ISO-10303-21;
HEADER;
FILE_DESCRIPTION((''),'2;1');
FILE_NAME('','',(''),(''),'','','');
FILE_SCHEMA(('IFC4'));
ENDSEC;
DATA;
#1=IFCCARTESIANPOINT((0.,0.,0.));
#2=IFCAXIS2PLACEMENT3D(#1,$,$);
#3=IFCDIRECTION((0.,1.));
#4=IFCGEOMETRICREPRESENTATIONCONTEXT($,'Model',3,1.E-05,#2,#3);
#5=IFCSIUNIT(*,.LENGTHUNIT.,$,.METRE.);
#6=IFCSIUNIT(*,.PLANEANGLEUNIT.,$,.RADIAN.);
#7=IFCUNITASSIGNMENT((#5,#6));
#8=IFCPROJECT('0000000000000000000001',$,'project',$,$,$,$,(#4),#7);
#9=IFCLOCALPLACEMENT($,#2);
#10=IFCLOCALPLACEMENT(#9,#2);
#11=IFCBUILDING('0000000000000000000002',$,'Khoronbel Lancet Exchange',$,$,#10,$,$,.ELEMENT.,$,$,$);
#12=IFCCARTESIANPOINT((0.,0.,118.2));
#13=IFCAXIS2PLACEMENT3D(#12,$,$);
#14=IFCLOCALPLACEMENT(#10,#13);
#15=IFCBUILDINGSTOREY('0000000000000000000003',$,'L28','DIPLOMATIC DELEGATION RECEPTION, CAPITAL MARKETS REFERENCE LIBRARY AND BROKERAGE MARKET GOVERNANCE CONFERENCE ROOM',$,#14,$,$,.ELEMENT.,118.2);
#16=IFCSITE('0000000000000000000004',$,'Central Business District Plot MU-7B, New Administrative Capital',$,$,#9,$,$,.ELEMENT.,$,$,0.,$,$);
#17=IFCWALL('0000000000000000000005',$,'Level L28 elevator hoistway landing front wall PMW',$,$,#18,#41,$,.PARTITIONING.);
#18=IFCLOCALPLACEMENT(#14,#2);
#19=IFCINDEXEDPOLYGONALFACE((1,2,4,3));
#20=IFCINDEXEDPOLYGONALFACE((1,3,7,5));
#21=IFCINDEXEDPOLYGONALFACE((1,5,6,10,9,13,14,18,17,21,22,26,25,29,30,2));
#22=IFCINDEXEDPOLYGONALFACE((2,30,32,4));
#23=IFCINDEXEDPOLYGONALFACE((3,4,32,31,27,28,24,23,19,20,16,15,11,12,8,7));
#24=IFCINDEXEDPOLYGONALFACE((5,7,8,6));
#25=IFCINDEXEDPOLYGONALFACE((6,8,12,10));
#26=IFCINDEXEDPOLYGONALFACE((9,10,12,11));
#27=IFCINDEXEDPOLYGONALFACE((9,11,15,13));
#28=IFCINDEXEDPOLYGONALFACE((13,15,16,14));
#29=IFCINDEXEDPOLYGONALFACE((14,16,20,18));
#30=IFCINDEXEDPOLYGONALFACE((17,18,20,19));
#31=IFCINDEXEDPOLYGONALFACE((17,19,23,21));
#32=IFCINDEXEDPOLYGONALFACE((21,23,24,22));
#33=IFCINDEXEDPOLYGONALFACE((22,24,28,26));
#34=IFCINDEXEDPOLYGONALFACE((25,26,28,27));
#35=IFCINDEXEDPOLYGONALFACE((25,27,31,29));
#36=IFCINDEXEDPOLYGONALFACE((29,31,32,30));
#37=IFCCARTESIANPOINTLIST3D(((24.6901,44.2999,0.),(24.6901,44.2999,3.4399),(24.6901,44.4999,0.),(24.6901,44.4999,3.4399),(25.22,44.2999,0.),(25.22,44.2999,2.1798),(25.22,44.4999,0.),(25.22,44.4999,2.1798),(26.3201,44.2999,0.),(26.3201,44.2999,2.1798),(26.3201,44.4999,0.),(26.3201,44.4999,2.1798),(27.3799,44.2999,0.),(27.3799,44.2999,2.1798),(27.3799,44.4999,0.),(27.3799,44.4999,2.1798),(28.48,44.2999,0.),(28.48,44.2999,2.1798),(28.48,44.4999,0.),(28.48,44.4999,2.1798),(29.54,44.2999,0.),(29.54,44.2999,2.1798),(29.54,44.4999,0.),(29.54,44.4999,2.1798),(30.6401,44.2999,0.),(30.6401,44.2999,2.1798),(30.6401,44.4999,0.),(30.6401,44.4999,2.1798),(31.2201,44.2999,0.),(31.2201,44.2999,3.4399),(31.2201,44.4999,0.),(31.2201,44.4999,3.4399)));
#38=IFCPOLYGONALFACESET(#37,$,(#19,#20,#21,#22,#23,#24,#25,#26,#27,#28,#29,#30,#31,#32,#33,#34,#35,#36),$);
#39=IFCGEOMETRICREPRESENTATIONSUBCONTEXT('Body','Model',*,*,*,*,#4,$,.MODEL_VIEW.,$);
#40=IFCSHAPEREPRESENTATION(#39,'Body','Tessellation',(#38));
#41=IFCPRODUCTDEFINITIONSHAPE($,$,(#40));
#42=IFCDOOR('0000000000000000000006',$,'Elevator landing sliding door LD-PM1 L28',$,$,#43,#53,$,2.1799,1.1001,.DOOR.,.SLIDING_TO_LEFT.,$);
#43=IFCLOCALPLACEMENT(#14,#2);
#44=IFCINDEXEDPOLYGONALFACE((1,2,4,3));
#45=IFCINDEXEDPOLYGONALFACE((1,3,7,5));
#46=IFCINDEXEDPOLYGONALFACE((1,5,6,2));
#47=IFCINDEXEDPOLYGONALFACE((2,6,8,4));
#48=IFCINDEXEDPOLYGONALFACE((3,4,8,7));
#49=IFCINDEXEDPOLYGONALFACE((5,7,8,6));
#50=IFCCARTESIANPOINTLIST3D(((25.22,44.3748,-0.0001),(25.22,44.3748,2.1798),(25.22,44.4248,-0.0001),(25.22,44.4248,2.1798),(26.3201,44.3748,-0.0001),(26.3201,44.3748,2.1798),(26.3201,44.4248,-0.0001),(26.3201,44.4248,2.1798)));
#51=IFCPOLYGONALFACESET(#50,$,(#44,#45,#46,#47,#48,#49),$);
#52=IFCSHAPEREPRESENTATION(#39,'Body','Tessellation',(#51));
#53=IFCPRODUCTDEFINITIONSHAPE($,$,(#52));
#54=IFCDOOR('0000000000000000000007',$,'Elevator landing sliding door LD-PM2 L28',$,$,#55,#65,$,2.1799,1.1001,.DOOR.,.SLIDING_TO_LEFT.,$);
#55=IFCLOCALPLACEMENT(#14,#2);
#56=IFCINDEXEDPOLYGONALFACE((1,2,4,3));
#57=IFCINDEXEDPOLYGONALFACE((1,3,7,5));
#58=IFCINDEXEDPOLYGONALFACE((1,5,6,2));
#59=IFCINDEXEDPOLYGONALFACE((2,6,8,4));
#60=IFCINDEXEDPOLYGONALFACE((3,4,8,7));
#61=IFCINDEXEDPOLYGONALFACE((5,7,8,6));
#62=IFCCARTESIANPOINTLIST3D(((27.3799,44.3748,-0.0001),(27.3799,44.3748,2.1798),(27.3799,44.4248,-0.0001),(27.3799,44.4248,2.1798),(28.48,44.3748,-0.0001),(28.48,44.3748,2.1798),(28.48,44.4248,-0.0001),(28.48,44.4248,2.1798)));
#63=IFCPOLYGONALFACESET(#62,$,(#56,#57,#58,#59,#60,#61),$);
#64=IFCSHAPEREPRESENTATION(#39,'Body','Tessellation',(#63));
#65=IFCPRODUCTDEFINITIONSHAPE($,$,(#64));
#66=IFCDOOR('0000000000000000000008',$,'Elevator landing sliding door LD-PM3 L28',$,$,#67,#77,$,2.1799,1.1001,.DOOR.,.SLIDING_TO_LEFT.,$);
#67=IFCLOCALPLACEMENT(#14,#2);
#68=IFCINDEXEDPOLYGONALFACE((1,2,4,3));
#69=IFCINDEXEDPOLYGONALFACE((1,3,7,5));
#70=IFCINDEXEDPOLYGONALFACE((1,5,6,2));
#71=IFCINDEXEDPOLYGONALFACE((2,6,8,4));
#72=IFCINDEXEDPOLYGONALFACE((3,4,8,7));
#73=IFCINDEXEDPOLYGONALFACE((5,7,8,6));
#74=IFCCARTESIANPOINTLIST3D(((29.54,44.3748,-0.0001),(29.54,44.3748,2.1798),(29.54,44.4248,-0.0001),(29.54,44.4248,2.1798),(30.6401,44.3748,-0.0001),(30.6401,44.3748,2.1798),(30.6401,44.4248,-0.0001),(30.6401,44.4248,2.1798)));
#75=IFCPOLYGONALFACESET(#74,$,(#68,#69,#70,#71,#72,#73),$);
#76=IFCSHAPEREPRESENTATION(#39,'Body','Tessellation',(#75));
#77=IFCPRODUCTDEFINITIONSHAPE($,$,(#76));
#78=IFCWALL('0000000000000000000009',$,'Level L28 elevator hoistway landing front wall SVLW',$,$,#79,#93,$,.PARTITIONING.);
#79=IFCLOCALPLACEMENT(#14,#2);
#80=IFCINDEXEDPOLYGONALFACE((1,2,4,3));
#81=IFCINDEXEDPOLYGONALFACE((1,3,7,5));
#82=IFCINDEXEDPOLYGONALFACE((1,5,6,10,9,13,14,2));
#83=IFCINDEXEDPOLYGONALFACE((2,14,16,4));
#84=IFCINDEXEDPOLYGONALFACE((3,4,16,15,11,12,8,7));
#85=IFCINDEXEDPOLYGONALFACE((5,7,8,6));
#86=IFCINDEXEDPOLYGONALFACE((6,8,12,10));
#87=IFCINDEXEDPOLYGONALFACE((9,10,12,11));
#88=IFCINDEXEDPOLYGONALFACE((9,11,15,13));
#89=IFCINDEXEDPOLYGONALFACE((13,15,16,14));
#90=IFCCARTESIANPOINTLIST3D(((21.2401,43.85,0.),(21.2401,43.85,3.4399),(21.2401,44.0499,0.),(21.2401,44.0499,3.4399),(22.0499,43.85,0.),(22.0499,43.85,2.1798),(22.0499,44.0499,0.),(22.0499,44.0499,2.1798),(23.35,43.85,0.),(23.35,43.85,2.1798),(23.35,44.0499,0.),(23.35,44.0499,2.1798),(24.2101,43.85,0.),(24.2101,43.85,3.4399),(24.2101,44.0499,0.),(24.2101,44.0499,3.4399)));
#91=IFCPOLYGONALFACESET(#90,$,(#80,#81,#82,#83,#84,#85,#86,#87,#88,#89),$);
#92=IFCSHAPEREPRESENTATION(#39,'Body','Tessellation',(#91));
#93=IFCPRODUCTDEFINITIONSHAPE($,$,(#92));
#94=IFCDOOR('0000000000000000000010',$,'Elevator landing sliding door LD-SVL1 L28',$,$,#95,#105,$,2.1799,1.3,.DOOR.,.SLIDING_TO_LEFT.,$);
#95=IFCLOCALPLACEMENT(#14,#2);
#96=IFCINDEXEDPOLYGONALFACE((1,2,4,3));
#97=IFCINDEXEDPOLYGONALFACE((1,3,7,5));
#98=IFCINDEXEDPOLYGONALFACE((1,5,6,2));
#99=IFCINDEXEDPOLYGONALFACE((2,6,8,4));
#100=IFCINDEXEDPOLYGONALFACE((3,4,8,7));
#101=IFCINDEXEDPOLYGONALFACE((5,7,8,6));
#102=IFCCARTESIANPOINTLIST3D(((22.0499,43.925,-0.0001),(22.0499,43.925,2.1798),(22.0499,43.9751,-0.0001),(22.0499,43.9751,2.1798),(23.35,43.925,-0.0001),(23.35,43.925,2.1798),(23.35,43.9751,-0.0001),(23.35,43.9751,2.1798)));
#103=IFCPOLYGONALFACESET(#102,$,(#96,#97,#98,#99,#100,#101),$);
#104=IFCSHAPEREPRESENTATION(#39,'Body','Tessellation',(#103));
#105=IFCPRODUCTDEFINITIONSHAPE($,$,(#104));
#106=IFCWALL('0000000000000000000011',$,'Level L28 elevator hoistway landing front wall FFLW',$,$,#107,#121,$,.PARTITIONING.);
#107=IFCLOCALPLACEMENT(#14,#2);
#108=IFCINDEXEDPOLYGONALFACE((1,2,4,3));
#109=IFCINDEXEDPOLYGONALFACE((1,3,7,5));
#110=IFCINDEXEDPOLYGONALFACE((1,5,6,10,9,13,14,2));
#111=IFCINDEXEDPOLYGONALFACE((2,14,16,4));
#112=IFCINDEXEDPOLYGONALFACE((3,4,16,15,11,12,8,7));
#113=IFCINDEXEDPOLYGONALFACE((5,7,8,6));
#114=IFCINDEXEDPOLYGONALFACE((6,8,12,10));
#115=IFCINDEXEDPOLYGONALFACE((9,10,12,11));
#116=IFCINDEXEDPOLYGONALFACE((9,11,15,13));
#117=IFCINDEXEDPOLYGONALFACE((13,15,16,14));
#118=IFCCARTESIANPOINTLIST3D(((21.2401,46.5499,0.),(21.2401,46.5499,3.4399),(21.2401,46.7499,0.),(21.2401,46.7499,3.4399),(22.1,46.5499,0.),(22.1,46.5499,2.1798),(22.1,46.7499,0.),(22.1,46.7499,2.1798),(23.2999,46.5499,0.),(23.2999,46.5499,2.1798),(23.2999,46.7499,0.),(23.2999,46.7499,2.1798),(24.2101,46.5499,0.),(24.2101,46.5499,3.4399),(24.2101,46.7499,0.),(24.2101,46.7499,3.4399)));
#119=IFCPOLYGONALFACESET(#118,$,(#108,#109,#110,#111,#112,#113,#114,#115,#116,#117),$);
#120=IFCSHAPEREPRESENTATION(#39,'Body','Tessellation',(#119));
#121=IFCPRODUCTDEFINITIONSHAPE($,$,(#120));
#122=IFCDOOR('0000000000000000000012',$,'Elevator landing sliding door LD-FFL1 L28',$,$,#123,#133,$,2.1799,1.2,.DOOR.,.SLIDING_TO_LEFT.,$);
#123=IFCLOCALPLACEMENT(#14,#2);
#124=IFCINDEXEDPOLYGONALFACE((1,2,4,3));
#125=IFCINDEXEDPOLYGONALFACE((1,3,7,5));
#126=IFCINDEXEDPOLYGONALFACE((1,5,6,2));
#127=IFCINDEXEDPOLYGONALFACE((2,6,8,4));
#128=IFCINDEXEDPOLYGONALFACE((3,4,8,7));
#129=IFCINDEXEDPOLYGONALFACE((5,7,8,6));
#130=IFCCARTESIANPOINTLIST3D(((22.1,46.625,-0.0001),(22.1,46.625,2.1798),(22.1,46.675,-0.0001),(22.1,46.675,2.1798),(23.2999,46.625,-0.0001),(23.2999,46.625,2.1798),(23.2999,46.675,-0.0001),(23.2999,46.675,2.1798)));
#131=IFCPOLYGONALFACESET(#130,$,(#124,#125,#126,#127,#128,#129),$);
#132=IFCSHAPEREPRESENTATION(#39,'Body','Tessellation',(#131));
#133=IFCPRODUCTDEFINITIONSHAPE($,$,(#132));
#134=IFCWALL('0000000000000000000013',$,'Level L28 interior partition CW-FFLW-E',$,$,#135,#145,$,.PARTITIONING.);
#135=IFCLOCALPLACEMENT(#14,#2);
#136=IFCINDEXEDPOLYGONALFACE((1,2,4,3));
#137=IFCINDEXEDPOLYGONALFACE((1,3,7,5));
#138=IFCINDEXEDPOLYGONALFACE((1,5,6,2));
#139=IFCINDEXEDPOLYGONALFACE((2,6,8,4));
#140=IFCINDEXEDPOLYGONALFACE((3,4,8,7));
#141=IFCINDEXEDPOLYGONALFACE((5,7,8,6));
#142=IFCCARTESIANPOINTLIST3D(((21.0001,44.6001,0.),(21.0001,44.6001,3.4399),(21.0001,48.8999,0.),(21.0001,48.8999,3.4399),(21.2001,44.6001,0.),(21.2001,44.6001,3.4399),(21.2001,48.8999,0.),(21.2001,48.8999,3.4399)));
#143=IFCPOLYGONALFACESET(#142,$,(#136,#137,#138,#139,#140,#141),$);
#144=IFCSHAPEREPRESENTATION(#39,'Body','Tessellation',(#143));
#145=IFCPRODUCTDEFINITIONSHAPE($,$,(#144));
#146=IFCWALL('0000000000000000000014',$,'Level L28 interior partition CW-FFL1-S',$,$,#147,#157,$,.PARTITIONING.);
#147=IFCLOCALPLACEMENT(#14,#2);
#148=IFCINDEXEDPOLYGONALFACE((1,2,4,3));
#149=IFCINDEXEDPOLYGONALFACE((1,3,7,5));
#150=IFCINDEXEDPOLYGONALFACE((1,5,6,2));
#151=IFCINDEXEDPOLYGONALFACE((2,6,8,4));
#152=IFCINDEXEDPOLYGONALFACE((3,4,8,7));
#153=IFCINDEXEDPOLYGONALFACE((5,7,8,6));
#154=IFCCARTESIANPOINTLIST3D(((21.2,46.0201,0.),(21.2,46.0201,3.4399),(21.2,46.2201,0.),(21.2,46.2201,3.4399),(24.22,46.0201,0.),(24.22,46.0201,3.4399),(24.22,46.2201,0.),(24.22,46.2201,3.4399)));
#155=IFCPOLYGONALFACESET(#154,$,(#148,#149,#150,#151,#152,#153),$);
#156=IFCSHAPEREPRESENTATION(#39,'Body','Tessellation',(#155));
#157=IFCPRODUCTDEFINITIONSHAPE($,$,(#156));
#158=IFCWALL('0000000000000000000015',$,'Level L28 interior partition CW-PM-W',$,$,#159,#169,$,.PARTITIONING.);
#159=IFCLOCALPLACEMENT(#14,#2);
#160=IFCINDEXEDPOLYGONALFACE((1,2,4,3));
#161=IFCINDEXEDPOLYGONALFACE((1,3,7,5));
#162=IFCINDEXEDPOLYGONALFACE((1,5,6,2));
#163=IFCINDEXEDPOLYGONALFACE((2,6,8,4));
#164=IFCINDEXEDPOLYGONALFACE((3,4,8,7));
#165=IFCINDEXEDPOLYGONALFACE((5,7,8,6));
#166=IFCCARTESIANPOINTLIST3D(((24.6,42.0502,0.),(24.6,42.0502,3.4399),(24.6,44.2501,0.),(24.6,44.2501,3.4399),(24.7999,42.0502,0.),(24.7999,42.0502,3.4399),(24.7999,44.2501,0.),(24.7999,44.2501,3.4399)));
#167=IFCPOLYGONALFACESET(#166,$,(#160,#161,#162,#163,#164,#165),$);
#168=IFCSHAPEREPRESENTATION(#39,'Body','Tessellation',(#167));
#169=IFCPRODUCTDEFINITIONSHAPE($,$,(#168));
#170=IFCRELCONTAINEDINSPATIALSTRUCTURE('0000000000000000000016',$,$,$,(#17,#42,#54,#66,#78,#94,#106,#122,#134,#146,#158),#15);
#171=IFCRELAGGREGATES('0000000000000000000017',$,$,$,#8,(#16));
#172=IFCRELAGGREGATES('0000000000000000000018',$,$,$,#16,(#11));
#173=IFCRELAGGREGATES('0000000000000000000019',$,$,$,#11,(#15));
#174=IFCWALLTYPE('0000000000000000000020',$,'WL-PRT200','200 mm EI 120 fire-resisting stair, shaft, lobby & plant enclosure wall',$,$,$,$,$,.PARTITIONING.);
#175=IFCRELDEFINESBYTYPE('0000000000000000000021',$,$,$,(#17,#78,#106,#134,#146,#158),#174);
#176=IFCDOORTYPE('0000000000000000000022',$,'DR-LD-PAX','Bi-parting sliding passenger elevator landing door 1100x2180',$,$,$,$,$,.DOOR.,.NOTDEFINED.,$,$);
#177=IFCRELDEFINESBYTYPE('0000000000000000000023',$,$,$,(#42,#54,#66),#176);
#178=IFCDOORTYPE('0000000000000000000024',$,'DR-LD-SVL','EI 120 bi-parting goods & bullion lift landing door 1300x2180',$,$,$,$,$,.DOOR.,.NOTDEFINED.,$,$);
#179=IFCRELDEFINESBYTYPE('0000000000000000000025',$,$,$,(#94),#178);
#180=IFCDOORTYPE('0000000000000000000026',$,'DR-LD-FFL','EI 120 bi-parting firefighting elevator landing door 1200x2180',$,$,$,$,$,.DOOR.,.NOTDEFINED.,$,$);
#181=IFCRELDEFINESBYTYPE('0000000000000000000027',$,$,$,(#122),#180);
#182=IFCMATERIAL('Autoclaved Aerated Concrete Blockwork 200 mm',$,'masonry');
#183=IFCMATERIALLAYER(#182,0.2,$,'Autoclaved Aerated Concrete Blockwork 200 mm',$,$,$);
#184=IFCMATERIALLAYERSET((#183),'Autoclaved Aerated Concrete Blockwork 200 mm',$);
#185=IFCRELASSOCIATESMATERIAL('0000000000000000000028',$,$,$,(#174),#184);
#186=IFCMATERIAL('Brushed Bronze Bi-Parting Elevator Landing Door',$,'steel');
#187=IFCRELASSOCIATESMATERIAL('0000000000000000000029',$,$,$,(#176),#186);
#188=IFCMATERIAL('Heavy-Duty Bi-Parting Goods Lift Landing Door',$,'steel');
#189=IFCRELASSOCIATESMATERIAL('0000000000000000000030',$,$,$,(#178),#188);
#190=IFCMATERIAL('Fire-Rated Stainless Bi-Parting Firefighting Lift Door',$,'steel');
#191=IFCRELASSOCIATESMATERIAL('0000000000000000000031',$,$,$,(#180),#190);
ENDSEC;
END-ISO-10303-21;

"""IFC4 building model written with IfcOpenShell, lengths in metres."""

from ifc_helpers import new_model, si_unit, direction, frame, frame_2d, origin, place, context, subcontext, project, spatial, rectangle, extrude, material, layer, layer_set, type_object, element, fill, save


model = new_model("IFC4")

# Units and contexts
model_context = context("Model", 3, precision=1e-05, world=origin(), true_north=direction((0.0, 1.0)))
body_context = subcontext(model_context, "Body", "Model", "MODEL_VIEW")
ifc_project = project(units=[si_unit("LENGTHUNIT", "METRE"), si_unit("PLANEANGLEUNIT", "RADIAN")], contexts=[model_context])

# Site, building, storey
site_placement = place(None, origin())
site = spatial("IfcSite", under=ifc_project, at=site_placement, Name="Central Business District Plot MU-7B, New Administrative Capital", CompositionType="ELEMENT", RefElevation=0.0)
building_placement = place(site_placement, origin())
building = spatial("IfcBuilding", under=site, at=building_placement, Name="Khoronbel Lancet Exchange", CompositionType="ELEMENT")
storey_placement = place(building_placement, frame((0.0, 0.0, 118.2)))
storey = spatial("IfcBuildingStorey", under=building, at=storey_placement, Name="L28", Description="DIPLOMATIC DELEGATION RECEPTION, CAPITAL MARKETS REFERENCE LIBRARY AND BROKERAGE MARKET GOVERNANCE CONFERENCE ROOM", CompositionType="ELEMENT", Elevation=118.2)

# Wall, openings, doors
ifc_material_1 = material(Name="Autoclaved Aerated Concrete Blockwork 200 mm", Category="masonry")
ifc_layer_1 = layer(ifc_material_1, 0.2, Name="Autoclaved Aerated Concrete Blockwork 200 mm")
ifc_layer_set_1 = layer_set([ifc_layer_1], Name="Autoclaved Aerated Concrete Blockwork 200 mm")
wall_type_1 = type_object("IfcWallType", Name="WL-PRT200", Description="200 mm EI 120 fire-resisting stair, shaft, lobby & plant enclosure wall", PredefinedType="PARTITIONING", material=ifc_layer_set_1)
wall_1_placement = place(storey_placement, frame((24.6899, 44.3999, 0.0), z_axis=(0.0, 0.0, 1.0), x_axis=(1.0, 0.0, 0.0)))
wall_1 = element("IfcWall", 1, at=wall_1_placement, inside=storey, type_object=wall_type_1, Name="Level L28 elevator hoistway landing front wall PMW", PredefinedType="PARTITIONING", context=body_context, shape_type="SweptSolid", body=[
    extrude(rectangle(XDim=6.53, YDim=0.2, at=frame_2d((3.2651, 0.0))), origin(), (0.0, 0.0, 1.0), 3.4399),
])
opening_1_placement = place(wall_1_placement, frame((0.53, 0.0, 0.0)))
opening_1 = element("IfcOpeningElement", 2, at=opening_1_placement, cuts=wall_1, PredefinedType="OPENING", context=body_context, shape_type="SweptSolid", body=[
    extrude(rectangle(XDim=1.1001, YDim=2.1799, at=frame_2d((0.55, 1.0898))), frame((0.0, 0.1099, 0.0), z_axis=(0.0, -1.0, 0.0), x_axis=(1.0, 0.0, 0.0)), (0.0, 0.0, 1.0), 0.22),
])
opening_2_placement = place(wall_1_placement, frame((2.6899, 0.0, 0.0)))
opening_2 = element("IfcOpeningElement", 3, at=opening_2_placement, cuts=wall_1, PredefinedType="OPENING", context=body_context, shape_type="SweptSolid", body=[
    extrude(rectangle(XDim=1.1001, YDim=2.1799, at=frame_2d((0.55, 1.0898))), frame((0.0, 0.1099, 0.0), z_axis=(0.0, -1.0, 0.0), x_axis=(1.0, 0.0, 0.0)), (0.0, 0.0, 1.0), 0.22),
])
opening_3_placement = place(wall_1_placement, frame((4.8501, 0.0, 0.0)))
opening_3 = element("IfcOpeningElement", 4, at=opening_3_placement, cuts=wall_1, PredefinedType="OPENING", context=body_context, shape_type="SweptSolid", body=[
    extrude(rectangle(XDim=1.1001, YDim=2.1799, at=frame_2d((0.55, 1.0898))), frame((0.0, 0.1099, 0.0), z_axis=(0.0, -1.0, 0.0), x_axis=(1.0, 0.0, 0.0)), (0.0, 0.0, 1.0), 0.22),
])
ifc_material_2 = material(Name="Brushed Bronze Bi-Parting Elevator Landing Door", Category="steel")
door_type_1 = type_object("IfcDoorType", Name="DR-LD-PAX", Description="Bi-parting sliding passenger elevator landing door 1100x2180", OperationType="NOTDEFINED", PredefinedType="DOOR", material=ifc_material_2)
door_1_placement = place(opening_1_placement, origin())
door_1 = element("IfcDoor", 5, at=door_1_placement, inside=storey, type_object=door_type_1, Name="Elevator landing sliding door LD-PM1 L28", OperationType="SLIDING_TO_LEFT", OverallHeight=2.1799, OverallWidth=1.1001, PredefinedType="DOOR", context=body_context, shape_type="SweptSolid", body=[
    extrude(rectangle(XDim=1.1001, YDim=2.1799, at=frame_2d((0.55, 1.0898))), frame((0.0, 0.0249, 0.0), z_axis=(0.0, -1.0, 0.0), x_axis=(1.0, 0.0, 0.0)), (0.0, 0.0, 1.0), 0.05),
])
fill(opening_1, door_1)
door_2_placement = place(opening_2_placement, origin())
door_2 = element("IfcDoor", 6, at=door_2_placement, inside=storey, type_object=door_type_1, Name="Elevator landing sliding door LD-PM2 L28", OperationType="SLIDING_TO_LEFT", OverallHeight=2.1799, OverallWidth=1.1001, PredefinedType="DOOR", context=body_context, shape_type="SweptSolid", body=[
    extrude(rectangle(XDim=1.1001, YDim=2.1799, at=frame_2d((0.55, 1.0898))), frame((0.0, 0.0249, 0.0), z_axis=(0.0, -1.0, 0.0), x_axis=(1.0, 0.0, 0.0)), (0.0, 0.0, 1.0), 0.05),
])
fill(opening_2, door_2)
door_3_placement = place(opening_3_placement, origin())
door_3 = element("IfcDoor", 7, at=door_3_placement, inside=storey, type_object=door_type_1, Name="Elevator landing sliding door LD-PM3 L28", OperationType="SLIDING_TO_LEFT", OverallHeight=2.1799, OverallWidth=1.1001, PredefinedType="DOOR", context=body_context, shape_type="SweptSolid", body=[
    extrude(rectangle(XDim=1.1001, YDim=2.1799, at=frame_2d((0.55, 1.0898))), frame((0.0, 0.0249, 0.0), z_axis=(0.0, -1.0, 0.0), x_axis=(1.0, 0.0, 0.0)), (0.0, 0.0, 1.0), 0.05),
])
fill(opening_3, door_3)

# Walls, openings, doors
wall_2_placement = place(storey_placement, frame((24.21, 43.95, 0.0), z_axis=(0.0, 0.0, 1.0), x_axis=(-1.0, 0.0, 0.0)))
wall_2 = element("IfcWall", 8, at=wall_2_placement, inside=storey, type_object=wall_type_1, Name="Level L28 elevator hoistway landing front wall SVLW", PredefinedType="PARTITIONING", context=body_context, shape_type="SweptSolid", body=[
    extrude(rectangle(XDim=2.97, YDim=0.2, at=frame_2d((1.4849, 0.0))), origin(), (0.0, 0.0, 1.0), 3.4399),
])
opening_4_placement = place(wall_2_placement, frame((0.8601, 0.0, 0.0)))
opening_4 = element("IfcOpeningElement", 9, at=opening_4_placement, cuts=wall_2, PredefinedType="OPENING", context=body_context, shape_type="SweptSolid", body=[
    extrude(rectangle(XDim=1.3, YDim=2.1799, at=frame_2d((0.6499, 1.0898))), frame((0.0, 0.1099, 0.0), z_axis=(0.0, -1.0, 0.0), x_axis=(1.0, 0.0, 0.0)), (0.0, 0.0, 1.0), 0.22),
])
ifc_material_3 = material(Name="Heavy-Duty Bi-Parting Goods Lift Landing Door", Category="steel")
door_type_2 = type_object("IfcDoorType", Name="DR-LD-SVL", Description="EI 120 bi-parting goods & bullion lift landing door 1300x2180", OperationType="NOTDEFINED", PredefinedType="DOOR", material=ifc_material_3)
door_4_placement = place(opening_4_placement, origin())
door_4 = element("IfcDoor", 10, at=door_4_placement, inside=storey, type_object=door_type_2, Name="Elevator landing sliding door LD-SVL1 L28", OperationType="SLIDING_TO_LEFT", OverallHeight=2.1799, OverallWidth=1.3, PredefinedType="DOOR", context=body_context, shape_type="SweptSolid", body=[
    extrude(rectangle(XDim=1.3, YDim=2.1799, at=frame_2d((0.6499, 1.0898))), frame((0.0, 0.0249, 0.0), z_axis=(0.0, -1.0, 0.0), x_axis=(1.0, 0.0, 0.0)), (0.0, 0.0, 1.0), 0.05),
])
fill(opening_4, door_4)
wall_3_placement = place(storey_placement, frame((24.21, 46.6499, 0.0), z_axis=(0.0, 0.0, 1.0), x_axis=(-1.0, 0.0, 0.0)))
wall_3 = element("IfcWall", 11, at=wall_3_placement, inside=storey, type_object=wall_type_1, Name="Level L28 elevator hoistway landing front wall FFLW", PredefinedType="PARTITIONING", context=body_context, shape_type="SweptSolid", body=[
    extrude(rectangle(XDim=2.97, YDim=0.2, at=frame_2d((1.4849, 0.0))), origin(), (0.0, 0.0, 1.0), 3.4399),
])
opening_5_placement = place(wall_3_placement, frame((0.9099, 0.0, 0.0)))
opening_5 = element("IfcOpeningElement", 12, at=opening_5_placement, cuts=wall_3, PredefinedType="OPENING", context=body_context, shape_type="SweptSolid", body=[
    extrude(rectangle(XDim=1.2, YDim=2.1799, at=frame_2d((0.6001, 1.0898))), frame((0.0, 0.1099, 0.0), z_axis=(0.0, -1.0, 0.0), x_axis=(1.0, 0.0, 0.0)), (0.0, 0.0, 1.0), 0.22),
])
ifc_material_4 = material(Name="Fire-Rated Stainless Bi-Parting Firefighting Lift Door", Category="steel")
door_type_3 = type_object("IfcDoorType", Name="DR-LD-FFL", Description="EI 120 bi-parting firefighting elevator landing door 1200x2180", OperationType="NOTDEFINED", PredefinedType="DOOR", material=ifc_material_4)
door_5_placement = place(opening_5_placement, origin())
door_5 = element("IfcDoor", 13, at=door_5_placement, inside=storey, type_object=door_type_3, Name="Elevator landing sliding door LD-FFL1 L28", OperationType="SLIDING_TO_LEFT", OverallHeight=2.1799, OverallWidth=1.2, PredefinedType="DOOR", context=body_context, shape_type="SweptSolid", body=[
    extrude(rectangle(XDim=1.2, YDim=2.1799, at=frame_2d((0.6001, 1.0898))), frame((0.0, 0.0249, 0.0), z_axis=(0.0, -1.0, 0.0), x_axis=(1.0, 0.0, 0.0)), (0.0, 0.0, 1.0), 0.05),
])
fill(opening_5, door_5)

# Walls
wall_4_placement = place(storey_placement, frame((21.1001, 44.6001, 0.0), z_axis=(0.0, 0.0, 1.0), x_axis=(0.0, 1.0, 0.0)))
element("IfcWall", 14, at=wall_4_placement, inside=storey, type_object=wall_type_1, Name="Level L28 interior partition CW-FFLW-E", PredefinedType="PARTITIONING", context=body_context, shape_type="SweptSolid", body=[
    extrude(rectangle(XDim=4.2998, YDim=0.2, at=frame_2d((2.1499, 0.0))), origin(), (0.0, 0.0, 1.0), 3.4399),
])
wall_5_placement = place(storey_placement, frame((21.2, 46.1201, 0.0), z_axis=(0.0, 0.0, 1.0), x_axis=(1.0, 0.0, 0.0)))
element("IfcWall", 15, at=wall_5_placement, inside=storey, type_object=wall_type_1, Name="Level L28 interior partition CW-FFL1-S", PredefinedType="PARTITIONING", context=body_context, shape_type="SweptSolid", body=[
    extrude(rectangle(XDim=3.02, YDim=0.2, at=frame_2d((1.51, 0.0))), origin(), (0.0, 0.0, 1.0), 3.4399),
])

# Wall
wall_6_placement = place(storey_placement, frame((24.7, 42.05, 0.0), z_axis=(0.0, 0.0, 1.0), x_axis=(0.0, 1.0, 0.0)))
element("IfcWall", 16, at=wall_6_placement, inside=storey, type_object=wall_type_1, Name="Level L28 interior partition CW-PM-W", PredefinedType="PARTITIONING", context=body_context, shape_type="SweptSolid", body=[
    extrude(rectangle(XDim=2.2, YDim=0.2, at=frame_2d((1.1001, 0.0))), origin(), (0.0, 0.0, 1.0), 3.4399),
])

save(model, "model.ifc")
